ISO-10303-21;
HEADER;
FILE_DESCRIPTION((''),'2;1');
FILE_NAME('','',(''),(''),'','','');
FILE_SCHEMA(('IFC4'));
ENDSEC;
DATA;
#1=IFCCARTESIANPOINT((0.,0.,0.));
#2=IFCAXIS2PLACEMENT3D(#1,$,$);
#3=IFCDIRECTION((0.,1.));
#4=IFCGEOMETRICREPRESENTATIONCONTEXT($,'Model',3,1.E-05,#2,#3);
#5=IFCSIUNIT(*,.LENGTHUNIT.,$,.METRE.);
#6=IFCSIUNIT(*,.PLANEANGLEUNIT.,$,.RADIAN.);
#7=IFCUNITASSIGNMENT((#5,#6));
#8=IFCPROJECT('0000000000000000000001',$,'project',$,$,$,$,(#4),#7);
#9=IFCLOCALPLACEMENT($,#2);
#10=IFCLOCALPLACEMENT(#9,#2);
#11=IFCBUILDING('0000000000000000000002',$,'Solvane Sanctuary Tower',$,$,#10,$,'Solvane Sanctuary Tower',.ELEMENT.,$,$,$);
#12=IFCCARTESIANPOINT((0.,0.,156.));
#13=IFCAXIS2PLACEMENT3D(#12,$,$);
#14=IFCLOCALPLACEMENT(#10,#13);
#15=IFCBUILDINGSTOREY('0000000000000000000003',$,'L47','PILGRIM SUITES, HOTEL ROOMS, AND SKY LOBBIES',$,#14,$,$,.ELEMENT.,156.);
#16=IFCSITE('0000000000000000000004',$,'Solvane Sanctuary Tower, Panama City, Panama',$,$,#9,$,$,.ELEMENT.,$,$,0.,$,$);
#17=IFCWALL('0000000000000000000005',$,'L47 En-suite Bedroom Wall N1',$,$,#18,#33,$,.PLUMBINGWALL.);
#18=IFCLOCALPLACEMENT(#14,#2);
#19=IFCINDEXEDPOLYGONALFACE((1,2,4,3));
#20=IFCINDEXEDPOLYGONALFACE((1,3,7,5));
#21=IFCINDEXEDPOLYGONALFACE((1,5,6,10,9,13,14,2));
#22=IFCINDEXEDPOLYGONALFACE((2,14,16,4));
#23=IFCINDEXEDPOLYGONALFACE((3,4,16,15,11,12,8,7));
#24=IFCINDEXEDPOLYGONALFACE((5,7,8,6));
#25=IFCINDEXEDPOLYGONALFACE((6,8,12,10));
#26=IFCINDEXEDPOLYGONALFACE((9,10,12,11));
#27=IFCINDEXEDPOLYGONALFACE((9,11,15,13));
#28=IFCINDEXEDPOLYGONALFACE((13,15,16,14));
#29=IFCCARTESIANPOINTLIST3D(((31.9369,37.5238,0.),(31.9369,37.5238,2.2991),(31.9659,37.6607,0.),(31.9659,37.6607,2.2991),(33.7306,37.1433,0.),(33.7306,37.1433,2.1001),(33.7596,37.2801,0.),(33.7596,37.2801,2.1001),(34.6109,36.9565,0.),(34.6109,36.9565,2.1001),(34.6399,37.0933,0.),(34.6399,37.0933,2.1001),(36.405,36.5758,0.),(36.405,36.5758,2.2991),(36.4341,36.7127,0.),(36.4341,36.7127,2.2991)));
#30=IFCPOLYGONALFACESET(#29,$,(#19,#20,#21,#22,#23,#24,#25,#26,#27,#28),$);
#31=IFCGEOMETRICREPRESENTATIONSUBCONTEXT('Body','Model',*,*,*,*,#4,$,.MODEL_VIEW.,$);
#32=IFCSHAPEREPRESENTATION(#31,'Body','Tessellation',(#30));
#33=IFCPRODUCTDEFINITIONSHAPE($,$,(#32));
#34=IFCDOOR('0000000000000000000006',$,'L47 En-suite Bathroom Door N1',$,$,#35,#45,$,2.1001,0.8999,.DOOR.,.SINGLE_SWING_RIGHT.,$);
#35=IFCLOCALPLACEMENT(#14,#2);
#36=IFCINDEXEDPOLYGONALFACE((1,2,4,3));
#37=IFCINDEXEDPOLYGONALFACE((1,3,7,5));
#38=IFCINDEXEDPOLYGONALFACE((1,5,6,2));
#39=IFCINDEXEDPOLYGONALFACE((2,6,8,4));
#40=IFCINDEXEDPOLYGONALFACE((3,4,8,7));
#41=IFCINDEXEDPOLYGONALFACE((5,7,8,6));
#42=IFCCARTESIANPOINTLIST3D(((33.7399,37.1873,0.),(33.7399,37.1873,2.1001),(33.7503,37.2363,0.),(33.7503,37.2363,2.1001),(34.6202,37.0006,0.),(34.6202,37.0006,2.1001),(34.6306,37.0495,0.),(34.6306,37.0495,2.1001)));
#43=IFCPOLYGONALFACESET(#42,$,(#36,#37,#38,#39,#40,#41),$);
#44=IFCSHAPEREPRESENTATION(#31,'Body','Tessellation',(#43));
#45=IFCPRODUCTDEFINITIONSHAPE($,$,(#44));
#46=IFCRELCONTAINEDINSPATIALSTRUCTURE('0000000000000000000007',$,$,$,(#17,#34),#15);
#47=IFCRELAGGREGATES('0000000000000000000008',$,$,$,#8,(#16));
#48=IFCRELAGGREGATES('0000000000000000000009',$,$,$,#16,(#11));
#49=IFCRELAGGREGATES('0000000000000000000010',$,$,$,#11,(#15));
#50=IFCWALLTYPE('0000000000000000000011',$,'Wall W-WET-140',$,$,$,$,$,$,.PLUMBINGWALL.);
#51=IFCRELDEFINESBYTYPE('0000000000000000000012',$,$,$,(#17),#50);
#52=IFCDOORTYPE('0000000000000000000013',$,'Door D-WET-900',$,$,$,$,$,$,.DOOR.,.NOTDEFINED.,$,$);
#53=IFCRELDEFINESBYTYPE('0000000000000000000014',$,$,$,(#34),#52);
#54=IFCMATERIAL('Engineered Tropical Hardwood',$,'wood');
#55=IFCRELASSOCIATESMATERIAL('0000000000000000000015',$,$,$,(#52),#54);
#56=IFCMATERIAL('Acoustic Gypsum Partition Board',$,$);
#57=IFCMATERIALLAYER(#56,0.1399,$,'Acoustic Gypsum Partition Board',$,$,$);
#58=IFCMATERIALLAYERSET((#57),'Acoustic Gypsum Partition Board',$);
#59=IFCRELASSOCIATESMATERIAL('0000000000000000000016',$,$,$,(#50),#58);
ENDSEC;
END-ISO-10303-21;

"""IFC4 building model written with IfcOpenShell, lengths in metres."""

from ifc_helpers import new_model, si_unit, direction, frame, frame_2d, origin, place, context, subcontext, project, spatial, rectangle, extrude, material, layer, layer_set, type_object, element, fill, save


model = new_model("IFC4")

# Units and contexts
model_context = context("Model", 3, precision=1e-05, world=origin(), true_north=direction((0.0, 1.0)))
body_context = subcontext(model_context, "Body", "Model", "MODEL_VIEW")
ifc_project = project(units=[si_unit("LENGTHUNIT", "METRE"), si_unit("PLANEANGLEUNIT", "RADIAN")], contexts=[model_context])

# Site, building, storey
site_placement = place(None, origin())
site = spatial("IfcSite", under=ifc_project, at=site_placement, Name="Solvane Sanctuary Tower, Panama City, Panama", CompositionType="ELEMENT", RefElevation=0.0)
building_placement = place(site_placement, origin())
building = spatial("IfcBuilding", under=site, at=building_placement, Name="Solvane Sanctuary Tower", LongName="Solvane Sanctuary Tower", CompositionType="ELEMENT")
storey_placement = place(building_placement, frame((0.0, 0.0, 156.0)))
storey = spatial("IfcBuildingStorey", under=building, at=storey_placement, Name="L47", Description="PILGRIM SUITES, HOTEL ROOMS, AND SKY LOBBIES", CompositionType="ELEMENT", Elevation=156.0)

# Shared definitions
ifc_material_1 = material(Name="Acoustic Gypsum Partition Board")

# Shared definitions
ifc_material_2 = material(Name="Engineered Tropical Hardwood", Category="wood")
door_type_1 = type_object("IfcDoorType", Name="Door D-WET-900", OperationType="NOTDEFINED", PredefinedType="DOOR", material=ifc_material_2)

# Shared definitions
ifc_layer_1 = layer(ifc_material_1, 0.1399, Name="Acoustic Gypsum Partition Board")
ifc_layer_set_1 = layer_set([ifc_layer_1], Name="Acoustic Gypsum Partition Board")
wall_type_1 = type_object("IfcWallType", Name="Wall W-WET-140", PredefinedType="PLUMBINGWALL", material=ifc_layer_set_1)

# Wall, opening, door
wall_1_placement = place(storey_placement, frame((36.4194, 36.6443, 0.0), z_axis=(0.0, 0.0, 1.0), x_axis=(-0.978226, 0.207543, 0.0)))
wall_1 = element("IfcWall", 1, at=wall_1_placement, inside=storey, type_object=wall_type_1, Name="L47 En-suite Bedroom Wall N1", PredefinedType="PLUMBINGWALL", context=body_context, shape_type="SweptSolid", body=[
    extrude(rectangle(XDim=4.5676, YDim=0.1399, at=frame_2d((2.2837, 0.0))), origin(), (0.0, 0.0, 1.0), 2.2991),
])
opening_1_placement = place(wall_1_placement, frame((1.834, 0.0, 0.0)))
opening_1 = element("IfcOpeningElement", 2, at=opening_1_placement, cuts=wall_1, PredefinedType="OPENING", context=body_context, shape_type="SweptSolid", body=[
    extrude(rectangle(XDim=0.8999, YDim=2.1001, at=frame_2d((0.45, 1.05))), frame((0.0, 0.0798, 0.0), z_axis=(0.0, -1.0, 0.0), x_axis=(1.0, 0.0, 0.0)), (0.0, 0.0, 1.0), 0.1599),
])
door_1_placement = place(opening_1_placement, origin())
door_1 = element("IfcDoor", 3, at=door_1_placement, inside=storey, type_object=door_type_1, Name="L47 En-suite Bathroom Door N1", OperationType="SINGLE_SWING_RIGHT", OverallHeight=2.1001, OverallWidth=0.8999, PredefinedType="DOOR", context=body_context, shape_type="SweptSolid", body=[
    extrude(rectangle(XDim=0.8999, YDim=2.1001, at=frame_2d((0.45, 1.05))), frame((0.0, 0.0249, 0.0), z_axis=(0.0, -1.0, 0.0), x_axis=(1.0, 0.0, 0.0)), (0.0, 0.0, 1.0), 0.05),
])
fill(opening_1, door_1)

save(model, "model.ifc")
